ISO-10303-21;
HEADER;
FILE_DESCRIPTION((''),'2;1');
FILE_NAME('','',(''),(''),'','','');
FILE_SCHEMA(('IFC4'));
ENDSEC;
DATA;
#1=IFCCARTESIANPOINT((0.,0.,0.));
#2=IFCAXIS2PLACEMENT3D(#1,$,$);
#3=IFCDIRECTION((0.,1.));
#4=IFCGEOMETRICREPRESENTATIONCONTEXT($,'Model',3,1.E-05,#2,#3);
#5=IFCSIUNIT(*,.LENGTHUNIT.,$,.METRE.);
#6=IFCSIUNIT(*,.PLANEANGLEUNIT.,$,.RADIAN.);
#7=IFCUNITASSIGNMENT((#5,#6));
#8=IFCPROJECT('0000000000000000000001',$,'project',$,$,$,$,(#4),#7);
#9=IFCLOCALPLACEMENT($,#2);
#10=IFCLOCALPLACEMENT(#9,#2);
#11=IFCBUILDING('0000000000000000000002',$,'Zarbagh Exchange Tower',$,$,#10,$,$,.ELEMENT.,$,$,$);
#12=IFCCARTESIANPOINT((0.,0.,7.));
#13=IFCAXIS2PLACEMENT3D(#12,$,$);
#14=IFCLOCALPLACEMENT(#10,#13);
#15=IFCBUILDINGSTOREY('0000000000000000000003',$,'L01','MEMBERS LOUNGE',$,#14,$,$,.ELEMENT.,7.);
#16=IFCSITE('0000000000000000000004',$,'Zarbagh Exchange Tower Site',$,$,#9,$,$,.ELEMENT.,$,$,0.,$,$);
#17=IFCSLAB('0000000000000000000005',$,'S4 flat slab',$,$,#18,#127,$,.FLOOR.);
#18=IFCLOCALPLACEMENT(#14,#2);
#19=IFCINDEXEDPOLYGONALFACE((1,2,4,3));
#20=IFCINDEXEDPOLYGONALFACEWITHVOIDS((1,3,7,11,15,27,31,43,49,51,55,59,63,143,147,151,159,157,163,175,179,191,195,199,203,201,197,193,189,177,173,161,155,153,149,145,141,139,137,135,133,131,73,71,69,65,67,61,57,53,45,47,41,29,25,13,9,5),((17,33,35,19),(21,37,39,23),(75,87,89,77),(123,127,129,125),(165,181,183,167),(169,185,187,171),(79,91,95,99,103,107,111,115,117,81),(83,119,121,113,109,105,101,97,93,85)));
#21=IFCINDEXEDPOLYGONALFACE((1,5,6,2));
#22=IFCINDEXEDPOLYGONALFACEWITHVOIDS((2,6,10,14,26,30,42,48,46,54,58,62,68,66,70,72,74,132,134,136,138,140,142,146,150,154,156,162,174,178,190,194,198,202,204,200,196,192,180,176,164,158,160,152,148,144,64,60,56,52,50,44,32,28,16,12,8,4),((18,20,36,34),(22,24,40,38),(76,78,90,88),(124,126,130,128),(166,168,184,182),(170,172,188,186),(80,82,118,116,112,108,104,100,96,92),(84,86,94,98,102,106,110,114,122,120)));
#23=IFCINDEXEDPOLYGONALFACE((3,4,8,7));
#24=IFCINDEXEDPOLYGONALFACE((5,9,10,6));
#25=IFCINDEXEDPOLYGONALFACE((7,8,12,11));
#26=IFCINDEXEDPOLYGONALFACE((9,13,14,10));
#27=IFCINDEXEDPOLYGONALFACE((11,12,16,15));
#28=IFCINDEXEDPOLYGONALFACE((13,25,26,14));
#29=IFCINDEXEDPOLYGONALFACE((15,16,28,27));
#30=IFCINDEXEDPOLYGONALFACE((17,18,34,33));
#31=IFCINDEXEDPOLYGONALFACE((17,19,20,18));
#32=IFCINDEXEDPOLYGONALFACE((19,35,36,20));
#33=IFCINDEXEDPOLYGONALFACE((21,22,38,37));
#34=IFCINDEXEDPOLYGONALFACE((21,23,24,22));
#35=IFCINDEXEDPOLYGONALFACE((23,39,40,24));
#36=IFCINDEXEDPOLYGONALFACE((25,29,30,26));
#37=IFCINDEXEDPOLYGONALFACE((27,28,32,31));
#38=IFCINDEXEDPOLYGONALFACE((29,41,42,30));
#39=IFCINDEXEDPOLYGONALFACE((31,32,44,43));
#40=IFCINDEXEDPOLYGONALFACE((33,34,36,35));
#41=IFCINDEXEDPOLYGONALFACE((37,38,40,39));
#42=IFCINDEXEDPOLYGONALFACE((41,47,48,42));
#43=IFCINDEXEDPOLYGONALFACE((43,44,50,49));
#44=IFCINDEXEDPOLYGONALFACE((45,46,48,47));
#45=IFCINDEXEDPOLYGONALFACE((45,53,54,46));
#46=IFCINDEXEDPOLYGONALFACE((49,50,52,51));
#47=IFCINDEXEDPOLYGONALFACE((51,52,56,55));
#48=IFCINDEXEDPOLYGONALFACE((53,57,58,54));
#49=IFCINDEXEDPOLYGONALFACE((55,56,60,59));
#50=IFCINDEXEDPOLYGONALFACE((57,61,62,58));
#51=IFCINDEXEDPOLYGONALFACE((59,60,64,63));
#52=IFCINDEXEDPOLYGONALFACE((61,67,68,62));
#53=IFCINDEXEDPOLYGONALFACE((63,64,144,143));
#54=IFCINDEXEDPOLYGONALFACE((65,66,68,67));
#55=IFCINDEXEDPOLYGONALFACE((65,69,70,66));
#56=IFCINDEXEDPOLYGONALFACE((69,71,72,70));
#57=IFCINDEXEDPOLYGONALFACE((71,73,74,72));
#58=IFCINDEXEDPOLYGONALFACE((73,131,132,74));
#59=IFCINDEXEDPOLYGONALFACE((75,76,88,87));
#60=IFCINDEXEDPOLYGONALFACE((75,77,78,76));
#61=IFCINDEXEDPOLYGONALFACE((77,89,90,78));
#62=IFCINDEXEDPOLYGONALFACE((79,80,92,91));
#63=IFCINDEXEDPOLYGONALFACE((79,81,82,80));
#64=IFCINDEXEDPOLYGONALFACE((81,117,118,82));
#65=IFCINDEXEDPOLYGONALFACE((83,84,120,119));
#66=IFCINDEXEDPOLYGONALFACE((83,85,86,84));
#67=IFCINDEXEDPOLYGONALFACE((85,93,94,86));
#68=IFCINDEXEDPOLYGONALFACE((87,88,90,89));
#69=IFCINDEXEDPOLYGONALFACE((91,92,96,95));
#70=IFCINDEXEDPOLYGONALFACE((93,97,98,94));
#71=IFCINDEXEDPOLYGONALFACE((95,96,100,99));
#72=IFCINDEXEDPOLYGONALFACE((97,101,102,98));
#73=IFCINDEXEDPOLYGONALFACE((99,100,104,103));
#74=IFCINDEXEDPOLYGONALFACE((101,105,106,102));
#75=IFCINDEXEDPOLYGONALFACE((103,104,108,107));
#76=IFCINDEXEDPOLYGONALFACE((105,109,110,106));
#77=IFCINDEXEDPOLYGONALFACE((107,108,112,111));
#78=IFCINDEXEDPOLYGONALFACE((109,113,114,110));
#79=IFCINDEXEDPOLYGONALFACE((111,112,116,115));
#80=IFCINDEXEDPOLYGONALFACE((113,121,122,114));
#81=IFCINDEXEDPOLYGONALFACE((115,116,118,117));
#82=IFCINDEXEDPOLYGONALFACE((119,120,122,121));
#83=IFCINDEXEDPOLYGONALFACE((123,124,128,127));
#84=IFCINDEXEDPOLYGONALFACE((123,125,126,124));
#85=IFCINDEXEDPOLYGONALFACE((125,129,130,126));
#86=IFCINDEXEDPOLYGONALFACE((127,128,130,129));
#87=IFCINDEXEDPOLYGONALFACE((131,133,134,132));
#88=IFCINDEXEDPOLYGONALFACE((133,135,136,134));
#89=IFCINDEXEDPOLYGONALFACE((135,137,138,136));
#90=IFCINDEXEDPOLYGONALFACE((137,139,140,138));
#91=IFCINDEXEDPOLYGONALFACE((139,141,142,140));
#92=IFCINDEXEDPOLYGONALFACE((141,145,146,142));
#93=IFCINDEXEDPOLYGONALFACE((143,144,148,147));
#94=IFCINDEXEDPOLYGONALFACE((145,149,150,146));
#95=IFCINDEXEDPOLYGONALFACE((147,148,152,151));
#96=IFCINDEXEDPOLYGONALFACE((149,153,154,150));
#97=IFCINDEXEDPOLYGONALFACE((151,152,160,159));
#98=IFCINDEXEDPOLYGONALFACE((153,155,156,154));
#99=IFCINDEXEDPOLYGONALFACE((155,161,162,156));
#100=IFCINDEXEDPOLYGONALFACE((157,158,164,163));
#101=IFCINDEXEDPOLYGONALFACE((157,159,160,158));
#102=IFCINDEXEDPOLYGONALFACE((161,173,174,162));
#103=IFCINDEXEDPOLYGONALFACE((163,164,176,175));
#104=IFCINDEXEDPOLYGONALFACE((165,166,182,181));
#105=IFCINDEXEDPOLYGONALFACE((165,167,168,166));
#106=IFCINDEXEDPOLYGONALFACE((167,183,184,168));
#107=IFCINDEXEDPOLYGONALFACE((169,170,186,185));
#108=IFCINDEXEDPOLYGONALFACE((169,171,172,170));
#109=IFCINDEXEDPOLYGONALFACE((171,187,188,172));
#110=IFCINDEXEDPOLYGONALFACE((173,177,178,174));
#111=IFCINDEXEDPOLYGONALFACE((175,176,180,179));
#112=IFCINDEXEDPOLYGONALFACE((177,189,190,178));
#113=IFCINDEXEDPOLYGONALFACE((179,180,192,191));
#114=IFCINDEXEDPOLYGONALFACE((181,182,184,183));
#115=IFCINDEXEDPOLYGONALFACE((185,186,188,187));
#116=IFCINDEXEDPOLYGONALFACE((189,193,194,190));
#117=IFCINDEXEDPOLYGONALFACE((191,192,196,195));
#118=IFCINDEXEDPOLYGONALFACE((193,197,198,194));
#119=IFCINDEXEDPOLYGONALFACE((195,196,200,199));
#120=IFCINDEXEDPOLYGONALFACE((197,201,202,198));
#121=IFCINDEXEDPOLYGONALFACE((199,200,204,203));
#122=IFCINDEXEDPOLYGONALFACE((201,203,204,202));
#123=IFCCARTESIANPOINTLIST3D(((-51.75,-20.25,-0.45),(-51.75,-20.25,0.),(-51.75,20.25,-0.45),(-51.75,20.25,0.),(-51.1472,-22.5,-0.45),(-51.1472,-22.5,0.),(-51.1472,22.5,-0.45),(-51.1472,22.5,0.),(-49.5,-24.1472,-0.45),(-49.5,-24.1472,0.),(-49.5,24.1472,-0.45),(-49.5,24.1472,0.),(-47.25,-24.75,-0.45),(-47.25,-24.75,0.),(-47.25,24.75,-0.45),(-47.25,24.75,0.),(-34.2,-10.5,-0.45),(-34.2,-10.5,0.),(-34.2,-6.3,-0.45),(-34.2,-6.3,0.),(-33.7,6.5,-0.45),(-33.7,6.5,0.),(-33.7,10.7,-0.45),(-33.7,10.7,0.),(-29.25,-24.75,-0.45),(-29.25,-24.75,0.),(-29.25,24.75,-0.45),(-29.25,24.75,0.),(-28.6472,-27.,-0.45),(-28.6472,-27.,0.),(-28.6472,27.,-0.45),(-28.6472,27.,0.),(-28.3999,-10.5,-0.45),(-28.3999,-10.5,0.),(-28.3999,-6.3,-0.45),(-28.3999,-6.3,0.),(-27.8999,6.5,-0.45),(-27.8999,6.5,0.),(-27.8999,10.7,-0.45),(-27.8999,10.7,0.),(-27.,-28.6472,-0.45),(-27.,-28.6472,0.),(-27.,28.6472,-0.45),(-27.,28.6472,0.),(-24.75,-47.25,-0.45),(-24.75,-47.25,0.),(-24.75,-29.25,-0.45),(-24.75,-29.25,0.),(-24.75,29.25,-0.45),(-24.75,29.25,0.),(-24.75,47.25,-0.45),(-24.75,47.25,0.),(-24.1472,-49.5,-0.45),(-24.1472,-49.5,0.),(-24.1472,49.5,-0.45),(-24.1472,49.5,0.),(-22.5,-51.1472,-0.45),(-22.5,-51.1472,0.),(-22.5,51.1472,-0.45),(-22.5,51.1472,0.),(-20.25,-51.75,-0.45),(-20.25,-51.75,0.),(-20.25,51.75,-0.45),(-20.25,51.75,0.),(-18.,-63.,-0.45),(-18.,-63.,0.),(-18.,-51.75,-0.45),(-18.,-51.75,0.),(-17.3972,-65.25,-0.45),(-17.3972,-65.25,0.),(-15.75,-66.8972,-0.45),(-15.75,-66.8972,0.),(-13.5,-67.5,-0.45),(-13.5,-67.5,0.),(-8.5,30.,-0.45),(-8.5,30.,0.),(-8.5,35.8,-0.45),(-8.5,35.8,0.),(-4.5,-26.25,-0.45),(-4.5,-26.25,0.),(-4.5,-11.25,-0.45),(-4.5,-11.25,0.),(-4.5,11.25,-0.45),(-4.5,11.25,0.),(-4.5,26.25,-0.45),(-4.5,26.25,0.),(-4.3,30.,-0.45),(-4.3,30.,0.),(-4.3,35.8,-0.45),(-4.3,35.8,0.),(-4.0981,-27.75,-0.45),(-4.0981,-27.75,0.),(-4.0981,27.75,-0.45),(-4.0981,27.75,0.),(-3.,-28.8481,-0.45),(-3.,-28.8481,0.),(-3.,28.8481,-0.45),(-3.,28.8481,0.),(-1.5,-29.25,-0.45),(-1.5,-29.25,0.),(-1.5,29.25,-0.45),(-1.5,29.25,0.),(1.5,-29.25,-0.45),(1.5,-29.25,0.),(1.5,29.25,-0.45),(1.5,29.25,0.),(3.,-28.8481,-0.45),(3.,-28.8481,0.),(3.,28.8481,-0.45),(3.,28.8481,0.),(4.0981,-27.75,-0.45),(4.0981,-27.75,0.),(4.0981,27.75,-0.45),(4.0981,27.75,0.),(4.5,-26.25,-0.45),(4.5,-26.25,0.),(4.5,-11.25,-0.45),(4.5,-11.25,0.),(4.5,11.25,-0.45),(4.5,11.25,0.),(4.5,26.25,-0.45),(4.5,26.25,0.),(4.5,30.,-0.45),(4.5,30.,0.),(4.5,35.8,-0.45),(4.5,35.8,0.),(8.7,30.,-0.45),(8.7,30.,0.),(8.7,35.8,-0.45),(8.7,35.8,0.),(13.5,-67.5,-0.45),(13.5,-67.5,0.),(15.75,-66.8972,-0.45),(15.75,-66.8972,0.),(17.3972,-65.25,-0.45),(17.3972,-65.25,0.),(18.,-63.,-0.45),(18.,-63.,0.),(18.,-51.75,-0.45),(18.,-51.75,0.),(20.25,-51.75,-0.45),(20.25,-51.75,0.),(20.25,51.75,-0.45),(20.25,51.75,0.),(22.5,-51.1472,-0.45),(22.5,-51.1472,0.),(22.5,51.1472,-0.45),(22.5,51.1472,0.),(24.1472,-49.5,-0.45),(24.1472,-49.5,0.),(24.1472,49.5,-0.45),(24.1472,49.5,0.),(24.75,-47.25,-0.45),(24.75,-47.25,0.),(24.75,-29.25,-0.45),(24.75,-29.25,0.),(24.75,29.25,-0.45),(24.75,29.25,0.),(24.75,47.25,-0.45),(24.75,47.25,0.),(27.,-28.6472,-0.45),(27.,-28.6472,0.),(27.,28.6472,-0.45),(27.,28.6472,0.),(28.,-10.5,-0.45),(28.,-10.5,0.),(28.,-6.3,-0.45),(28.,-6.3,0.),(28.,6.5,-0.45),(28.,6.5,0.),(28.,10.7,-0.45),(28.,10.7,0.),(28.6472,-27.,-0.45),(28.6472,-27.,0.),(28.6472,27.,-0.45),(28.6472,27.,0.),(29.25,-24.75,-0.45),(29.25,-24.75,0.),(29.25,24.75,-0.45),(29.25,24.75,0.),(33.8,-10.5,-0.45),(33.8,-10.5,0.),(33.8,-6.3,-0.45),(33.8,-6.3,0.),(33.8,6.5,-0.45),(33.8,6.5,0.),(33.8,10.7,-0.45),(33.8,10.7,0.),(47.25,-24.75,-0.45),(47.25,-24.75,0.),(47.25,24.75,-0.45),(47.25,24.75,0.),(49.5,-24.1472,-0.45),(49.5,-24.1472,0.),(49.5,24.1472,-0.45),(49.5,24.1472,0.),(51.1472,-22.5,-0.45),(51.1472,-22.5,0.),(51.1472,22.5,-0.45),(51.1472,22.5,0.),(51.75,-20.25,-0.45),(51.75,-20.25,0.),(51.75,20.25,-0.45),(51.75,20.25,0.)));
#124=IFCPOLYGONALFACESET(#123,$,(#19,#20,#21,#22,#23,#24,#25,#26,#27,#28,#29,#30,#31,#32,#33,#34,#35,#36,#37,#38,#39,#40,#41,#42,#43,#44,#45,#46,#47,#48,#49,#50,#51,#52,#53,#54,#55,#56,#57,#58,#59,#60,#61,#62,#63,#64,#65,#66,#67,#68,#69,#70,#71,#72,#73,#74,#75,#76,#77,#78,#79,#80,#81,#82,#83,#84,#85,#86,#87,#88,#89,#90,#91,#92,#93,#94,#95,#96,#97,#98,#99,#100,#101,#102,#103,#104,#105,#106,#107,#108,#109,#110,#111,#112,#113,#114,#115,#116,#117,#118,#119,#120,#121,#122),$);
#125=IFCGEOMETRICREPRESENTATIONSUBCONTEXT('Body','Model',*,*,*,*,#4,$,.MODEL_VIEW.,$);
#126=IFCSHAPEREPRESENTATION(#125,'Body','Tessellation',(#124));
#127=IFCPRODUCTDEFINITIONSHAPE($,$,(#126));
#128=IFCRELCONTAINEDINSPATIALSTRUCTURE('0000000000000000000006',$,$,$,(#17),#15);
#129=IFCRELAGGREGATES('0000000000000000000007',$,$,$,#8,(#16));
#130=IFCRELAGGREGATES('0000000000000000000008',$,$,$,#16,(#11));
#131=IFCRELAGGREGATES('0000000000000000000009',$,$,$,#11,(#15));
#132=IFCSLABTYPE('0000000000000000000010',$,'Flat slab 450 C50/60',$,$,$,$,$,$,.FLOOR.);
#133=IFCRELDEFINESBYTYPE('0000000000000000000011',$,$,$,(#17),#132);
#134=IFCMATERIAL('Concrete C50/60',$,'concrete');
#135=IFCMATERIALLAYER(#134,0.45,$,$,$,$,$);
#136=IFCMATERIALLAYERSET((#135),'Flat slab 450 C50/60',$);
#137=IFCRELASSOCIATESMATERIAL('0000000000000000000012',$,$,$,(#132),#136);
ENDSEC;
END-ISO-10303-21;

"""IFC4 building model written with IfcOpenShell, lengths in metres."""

from ifc_helpers import new_model, si_unit, direction, frame, origin, place, context, subcontext, project, spatial, polyline, outline, extrude, material, layer, layer_set, type_object, element, save


model = new_model("IFC4")

# Units and contexts
model_context = context("Model", 3, precision=1e-05, world=origin(), true_north=direction((0.0, 1.0)))
body_context = subcontext(model_context, "Body", "Model", "MODEL_VIEW")
ifc_project = project(units=[si_unit("LENGTHUNIT", "METRE"), si_unit("PLANEANGLEUNIT", "RADIAN")], contexts=[model_context])

# Site, building, storey
site_placement = place(None, origin())
site = spatial("IfcSite", under=ifc_project, at=site_placement, Name="Zarbagh Exchange Tower Site", CompositionType="ELEMENT", RefElevation=0.0)
building_placement = place(site_placement, origin())
building = spatial("IfcBuilding", under=site, at=building_placement, Name="Zarbagh Exchange Tower", CompositionType="ELEMENT")
storey_placement = place(building_placement, frame((0.0, 0.0, 7.0)))
storey = spatial("IfcBuildingStorey", under=building, at=storey_placement, Name="L01", Description="MEMBERS LOUNGE", CompositionType="ELEMENT", Elevation=7.0)

# Slab
ifc_material_1 = material(Name="Concrete C50/60", Category="concrete")
ifc_layer_1 = layer(ifc_material_1, 0.45)
ifc_layer_set_1 = layer_set([ifc_layer_1], Name="Flat slab 450 C50/60")
slab_type_1 = type_object("IfcSlabType", Name="Flat slab 450 C50/60", PredefinedType="FLOOR", material=ifc_layer_set_1)
slab_1_placement = place(storey_placement, frame((0.0, 0.0, -0.45)))
element("IfcSlab", 1, at=slab_1_placement, inside=storey, type_object=slab_type_1, Name="S4 flat slab", PredefinedType="FLOOR", context=body_context, shape_type="SweptSolid", body=[
    extrude(outline(polyline([(-15.75, -66.8972), (-17.3972, -65.25), (-18.0, -63.0), (-18.0, -51.75), (-20.25, -51.75), (-22.5, -51.1472), (-24.1472, -49.5), (-24.75, -47.25), (-24.75, -29.25), (-27.0, -28.6472), (-28.6472, -27.0), (-29.25, -24.75), (-47.25, -24.75), (-49.5, -24.1472), (-51.1472, -22.5), (-51.75, -20.25), (-51.75, 20.25), (-51.1472, 22.5), (-49.5, 24.1472), (-47.25, 24.75), (-29.25, 24.75), (-28.6472, 27.0), (-27.0, 28.6472), (-24.75, 29.25), (-24.75, 47.25), (-24.1472, 49.5), (-22.5, 51.1472), (-20.25, 51.75), (20.25, 51.75), (22.5, 51.1472), (24.1472, 49.5), (24.75, 47.25), (24.75, 29.25), (27.0, 28.6472), (28.6472, 27.0), (29.25, 24.75), (47.25, 24.75), (49.5, 24.1472), (51.1472, 22.5), (51.75, 20.25), (51.75, -20.25), (51.1472, -22.5), (49.5, -24.1472), (47.25, -24.75), (29.25, -24.75), (28.6472, -27.0), (27.0, -28.6472), (24.75, -29.25), (24.75, -47.25), (24.1472, -49.5), (22.5, -51.1472), (20.25, -51.75), (18.0, -51.75), (18.0, -63.0), (17.3972, -65.25), (15.75, -66.8972), (13.5, -67.5), (-13.5, -67.5), (-15.75, -66.8972)]), holes=[polyline([(4.5, 26.25), (4.0981, 27.75), (3.0, 28.8481), (1.5, 29.25), (-1.5, 29.25), (-3.0, 28.8481), (-4.0981, 27.75), (-4.5, 26.25), (-4.5, 11.25), (4.5, 11.25), (4.5, 26.25)]), polyline([(1.5, -29.25), (3.0, -28.8481), (4.0981, -27.75), (4.5, -26.25), (4.5, -11.25), (-4.5, -11.25), (-4.5, -26.25), (-4.0981, -27.75), (-3.0, -28.8481), (-1.5, -29.25), (1.5, -29.25)]), polyline([(-34.2, -6.3), (-34.2, -10.5), (-28.3999, -10.5), (-28.3999, -6.3), (-34.2, -6.3)]), polyline([(28.0, -10.5), (33.8, -10.5), (33.8, -6.3), (28.0, -6.3), (28.0, -10.5)]), polyline([(-27.8999, 10.7), (-33.7, 10.7), (-33.7, 6.5), (-27.8999, 6.5), (-27.8999, 10.7)]), polyline([(33.8, 6.5), (33.8, 10.7), (28.0, 10.7), (28.0, 6.5), (33.8, 6.5)]), polyline([(-4.3, 30.0), (-4.3, 35.8), (-8.5, 35.8), (-8.5, 30.0), (-4.3, 30.0)]), polyline([(8.7, 30.0), (8.7, 35.8), (4.5, 35.8), (4.5, 30.0), (8.7, 30.0)])]), origin(), (0.0, 0.0, 1.0), 0.45),
])

save(model, "model.ifc")
